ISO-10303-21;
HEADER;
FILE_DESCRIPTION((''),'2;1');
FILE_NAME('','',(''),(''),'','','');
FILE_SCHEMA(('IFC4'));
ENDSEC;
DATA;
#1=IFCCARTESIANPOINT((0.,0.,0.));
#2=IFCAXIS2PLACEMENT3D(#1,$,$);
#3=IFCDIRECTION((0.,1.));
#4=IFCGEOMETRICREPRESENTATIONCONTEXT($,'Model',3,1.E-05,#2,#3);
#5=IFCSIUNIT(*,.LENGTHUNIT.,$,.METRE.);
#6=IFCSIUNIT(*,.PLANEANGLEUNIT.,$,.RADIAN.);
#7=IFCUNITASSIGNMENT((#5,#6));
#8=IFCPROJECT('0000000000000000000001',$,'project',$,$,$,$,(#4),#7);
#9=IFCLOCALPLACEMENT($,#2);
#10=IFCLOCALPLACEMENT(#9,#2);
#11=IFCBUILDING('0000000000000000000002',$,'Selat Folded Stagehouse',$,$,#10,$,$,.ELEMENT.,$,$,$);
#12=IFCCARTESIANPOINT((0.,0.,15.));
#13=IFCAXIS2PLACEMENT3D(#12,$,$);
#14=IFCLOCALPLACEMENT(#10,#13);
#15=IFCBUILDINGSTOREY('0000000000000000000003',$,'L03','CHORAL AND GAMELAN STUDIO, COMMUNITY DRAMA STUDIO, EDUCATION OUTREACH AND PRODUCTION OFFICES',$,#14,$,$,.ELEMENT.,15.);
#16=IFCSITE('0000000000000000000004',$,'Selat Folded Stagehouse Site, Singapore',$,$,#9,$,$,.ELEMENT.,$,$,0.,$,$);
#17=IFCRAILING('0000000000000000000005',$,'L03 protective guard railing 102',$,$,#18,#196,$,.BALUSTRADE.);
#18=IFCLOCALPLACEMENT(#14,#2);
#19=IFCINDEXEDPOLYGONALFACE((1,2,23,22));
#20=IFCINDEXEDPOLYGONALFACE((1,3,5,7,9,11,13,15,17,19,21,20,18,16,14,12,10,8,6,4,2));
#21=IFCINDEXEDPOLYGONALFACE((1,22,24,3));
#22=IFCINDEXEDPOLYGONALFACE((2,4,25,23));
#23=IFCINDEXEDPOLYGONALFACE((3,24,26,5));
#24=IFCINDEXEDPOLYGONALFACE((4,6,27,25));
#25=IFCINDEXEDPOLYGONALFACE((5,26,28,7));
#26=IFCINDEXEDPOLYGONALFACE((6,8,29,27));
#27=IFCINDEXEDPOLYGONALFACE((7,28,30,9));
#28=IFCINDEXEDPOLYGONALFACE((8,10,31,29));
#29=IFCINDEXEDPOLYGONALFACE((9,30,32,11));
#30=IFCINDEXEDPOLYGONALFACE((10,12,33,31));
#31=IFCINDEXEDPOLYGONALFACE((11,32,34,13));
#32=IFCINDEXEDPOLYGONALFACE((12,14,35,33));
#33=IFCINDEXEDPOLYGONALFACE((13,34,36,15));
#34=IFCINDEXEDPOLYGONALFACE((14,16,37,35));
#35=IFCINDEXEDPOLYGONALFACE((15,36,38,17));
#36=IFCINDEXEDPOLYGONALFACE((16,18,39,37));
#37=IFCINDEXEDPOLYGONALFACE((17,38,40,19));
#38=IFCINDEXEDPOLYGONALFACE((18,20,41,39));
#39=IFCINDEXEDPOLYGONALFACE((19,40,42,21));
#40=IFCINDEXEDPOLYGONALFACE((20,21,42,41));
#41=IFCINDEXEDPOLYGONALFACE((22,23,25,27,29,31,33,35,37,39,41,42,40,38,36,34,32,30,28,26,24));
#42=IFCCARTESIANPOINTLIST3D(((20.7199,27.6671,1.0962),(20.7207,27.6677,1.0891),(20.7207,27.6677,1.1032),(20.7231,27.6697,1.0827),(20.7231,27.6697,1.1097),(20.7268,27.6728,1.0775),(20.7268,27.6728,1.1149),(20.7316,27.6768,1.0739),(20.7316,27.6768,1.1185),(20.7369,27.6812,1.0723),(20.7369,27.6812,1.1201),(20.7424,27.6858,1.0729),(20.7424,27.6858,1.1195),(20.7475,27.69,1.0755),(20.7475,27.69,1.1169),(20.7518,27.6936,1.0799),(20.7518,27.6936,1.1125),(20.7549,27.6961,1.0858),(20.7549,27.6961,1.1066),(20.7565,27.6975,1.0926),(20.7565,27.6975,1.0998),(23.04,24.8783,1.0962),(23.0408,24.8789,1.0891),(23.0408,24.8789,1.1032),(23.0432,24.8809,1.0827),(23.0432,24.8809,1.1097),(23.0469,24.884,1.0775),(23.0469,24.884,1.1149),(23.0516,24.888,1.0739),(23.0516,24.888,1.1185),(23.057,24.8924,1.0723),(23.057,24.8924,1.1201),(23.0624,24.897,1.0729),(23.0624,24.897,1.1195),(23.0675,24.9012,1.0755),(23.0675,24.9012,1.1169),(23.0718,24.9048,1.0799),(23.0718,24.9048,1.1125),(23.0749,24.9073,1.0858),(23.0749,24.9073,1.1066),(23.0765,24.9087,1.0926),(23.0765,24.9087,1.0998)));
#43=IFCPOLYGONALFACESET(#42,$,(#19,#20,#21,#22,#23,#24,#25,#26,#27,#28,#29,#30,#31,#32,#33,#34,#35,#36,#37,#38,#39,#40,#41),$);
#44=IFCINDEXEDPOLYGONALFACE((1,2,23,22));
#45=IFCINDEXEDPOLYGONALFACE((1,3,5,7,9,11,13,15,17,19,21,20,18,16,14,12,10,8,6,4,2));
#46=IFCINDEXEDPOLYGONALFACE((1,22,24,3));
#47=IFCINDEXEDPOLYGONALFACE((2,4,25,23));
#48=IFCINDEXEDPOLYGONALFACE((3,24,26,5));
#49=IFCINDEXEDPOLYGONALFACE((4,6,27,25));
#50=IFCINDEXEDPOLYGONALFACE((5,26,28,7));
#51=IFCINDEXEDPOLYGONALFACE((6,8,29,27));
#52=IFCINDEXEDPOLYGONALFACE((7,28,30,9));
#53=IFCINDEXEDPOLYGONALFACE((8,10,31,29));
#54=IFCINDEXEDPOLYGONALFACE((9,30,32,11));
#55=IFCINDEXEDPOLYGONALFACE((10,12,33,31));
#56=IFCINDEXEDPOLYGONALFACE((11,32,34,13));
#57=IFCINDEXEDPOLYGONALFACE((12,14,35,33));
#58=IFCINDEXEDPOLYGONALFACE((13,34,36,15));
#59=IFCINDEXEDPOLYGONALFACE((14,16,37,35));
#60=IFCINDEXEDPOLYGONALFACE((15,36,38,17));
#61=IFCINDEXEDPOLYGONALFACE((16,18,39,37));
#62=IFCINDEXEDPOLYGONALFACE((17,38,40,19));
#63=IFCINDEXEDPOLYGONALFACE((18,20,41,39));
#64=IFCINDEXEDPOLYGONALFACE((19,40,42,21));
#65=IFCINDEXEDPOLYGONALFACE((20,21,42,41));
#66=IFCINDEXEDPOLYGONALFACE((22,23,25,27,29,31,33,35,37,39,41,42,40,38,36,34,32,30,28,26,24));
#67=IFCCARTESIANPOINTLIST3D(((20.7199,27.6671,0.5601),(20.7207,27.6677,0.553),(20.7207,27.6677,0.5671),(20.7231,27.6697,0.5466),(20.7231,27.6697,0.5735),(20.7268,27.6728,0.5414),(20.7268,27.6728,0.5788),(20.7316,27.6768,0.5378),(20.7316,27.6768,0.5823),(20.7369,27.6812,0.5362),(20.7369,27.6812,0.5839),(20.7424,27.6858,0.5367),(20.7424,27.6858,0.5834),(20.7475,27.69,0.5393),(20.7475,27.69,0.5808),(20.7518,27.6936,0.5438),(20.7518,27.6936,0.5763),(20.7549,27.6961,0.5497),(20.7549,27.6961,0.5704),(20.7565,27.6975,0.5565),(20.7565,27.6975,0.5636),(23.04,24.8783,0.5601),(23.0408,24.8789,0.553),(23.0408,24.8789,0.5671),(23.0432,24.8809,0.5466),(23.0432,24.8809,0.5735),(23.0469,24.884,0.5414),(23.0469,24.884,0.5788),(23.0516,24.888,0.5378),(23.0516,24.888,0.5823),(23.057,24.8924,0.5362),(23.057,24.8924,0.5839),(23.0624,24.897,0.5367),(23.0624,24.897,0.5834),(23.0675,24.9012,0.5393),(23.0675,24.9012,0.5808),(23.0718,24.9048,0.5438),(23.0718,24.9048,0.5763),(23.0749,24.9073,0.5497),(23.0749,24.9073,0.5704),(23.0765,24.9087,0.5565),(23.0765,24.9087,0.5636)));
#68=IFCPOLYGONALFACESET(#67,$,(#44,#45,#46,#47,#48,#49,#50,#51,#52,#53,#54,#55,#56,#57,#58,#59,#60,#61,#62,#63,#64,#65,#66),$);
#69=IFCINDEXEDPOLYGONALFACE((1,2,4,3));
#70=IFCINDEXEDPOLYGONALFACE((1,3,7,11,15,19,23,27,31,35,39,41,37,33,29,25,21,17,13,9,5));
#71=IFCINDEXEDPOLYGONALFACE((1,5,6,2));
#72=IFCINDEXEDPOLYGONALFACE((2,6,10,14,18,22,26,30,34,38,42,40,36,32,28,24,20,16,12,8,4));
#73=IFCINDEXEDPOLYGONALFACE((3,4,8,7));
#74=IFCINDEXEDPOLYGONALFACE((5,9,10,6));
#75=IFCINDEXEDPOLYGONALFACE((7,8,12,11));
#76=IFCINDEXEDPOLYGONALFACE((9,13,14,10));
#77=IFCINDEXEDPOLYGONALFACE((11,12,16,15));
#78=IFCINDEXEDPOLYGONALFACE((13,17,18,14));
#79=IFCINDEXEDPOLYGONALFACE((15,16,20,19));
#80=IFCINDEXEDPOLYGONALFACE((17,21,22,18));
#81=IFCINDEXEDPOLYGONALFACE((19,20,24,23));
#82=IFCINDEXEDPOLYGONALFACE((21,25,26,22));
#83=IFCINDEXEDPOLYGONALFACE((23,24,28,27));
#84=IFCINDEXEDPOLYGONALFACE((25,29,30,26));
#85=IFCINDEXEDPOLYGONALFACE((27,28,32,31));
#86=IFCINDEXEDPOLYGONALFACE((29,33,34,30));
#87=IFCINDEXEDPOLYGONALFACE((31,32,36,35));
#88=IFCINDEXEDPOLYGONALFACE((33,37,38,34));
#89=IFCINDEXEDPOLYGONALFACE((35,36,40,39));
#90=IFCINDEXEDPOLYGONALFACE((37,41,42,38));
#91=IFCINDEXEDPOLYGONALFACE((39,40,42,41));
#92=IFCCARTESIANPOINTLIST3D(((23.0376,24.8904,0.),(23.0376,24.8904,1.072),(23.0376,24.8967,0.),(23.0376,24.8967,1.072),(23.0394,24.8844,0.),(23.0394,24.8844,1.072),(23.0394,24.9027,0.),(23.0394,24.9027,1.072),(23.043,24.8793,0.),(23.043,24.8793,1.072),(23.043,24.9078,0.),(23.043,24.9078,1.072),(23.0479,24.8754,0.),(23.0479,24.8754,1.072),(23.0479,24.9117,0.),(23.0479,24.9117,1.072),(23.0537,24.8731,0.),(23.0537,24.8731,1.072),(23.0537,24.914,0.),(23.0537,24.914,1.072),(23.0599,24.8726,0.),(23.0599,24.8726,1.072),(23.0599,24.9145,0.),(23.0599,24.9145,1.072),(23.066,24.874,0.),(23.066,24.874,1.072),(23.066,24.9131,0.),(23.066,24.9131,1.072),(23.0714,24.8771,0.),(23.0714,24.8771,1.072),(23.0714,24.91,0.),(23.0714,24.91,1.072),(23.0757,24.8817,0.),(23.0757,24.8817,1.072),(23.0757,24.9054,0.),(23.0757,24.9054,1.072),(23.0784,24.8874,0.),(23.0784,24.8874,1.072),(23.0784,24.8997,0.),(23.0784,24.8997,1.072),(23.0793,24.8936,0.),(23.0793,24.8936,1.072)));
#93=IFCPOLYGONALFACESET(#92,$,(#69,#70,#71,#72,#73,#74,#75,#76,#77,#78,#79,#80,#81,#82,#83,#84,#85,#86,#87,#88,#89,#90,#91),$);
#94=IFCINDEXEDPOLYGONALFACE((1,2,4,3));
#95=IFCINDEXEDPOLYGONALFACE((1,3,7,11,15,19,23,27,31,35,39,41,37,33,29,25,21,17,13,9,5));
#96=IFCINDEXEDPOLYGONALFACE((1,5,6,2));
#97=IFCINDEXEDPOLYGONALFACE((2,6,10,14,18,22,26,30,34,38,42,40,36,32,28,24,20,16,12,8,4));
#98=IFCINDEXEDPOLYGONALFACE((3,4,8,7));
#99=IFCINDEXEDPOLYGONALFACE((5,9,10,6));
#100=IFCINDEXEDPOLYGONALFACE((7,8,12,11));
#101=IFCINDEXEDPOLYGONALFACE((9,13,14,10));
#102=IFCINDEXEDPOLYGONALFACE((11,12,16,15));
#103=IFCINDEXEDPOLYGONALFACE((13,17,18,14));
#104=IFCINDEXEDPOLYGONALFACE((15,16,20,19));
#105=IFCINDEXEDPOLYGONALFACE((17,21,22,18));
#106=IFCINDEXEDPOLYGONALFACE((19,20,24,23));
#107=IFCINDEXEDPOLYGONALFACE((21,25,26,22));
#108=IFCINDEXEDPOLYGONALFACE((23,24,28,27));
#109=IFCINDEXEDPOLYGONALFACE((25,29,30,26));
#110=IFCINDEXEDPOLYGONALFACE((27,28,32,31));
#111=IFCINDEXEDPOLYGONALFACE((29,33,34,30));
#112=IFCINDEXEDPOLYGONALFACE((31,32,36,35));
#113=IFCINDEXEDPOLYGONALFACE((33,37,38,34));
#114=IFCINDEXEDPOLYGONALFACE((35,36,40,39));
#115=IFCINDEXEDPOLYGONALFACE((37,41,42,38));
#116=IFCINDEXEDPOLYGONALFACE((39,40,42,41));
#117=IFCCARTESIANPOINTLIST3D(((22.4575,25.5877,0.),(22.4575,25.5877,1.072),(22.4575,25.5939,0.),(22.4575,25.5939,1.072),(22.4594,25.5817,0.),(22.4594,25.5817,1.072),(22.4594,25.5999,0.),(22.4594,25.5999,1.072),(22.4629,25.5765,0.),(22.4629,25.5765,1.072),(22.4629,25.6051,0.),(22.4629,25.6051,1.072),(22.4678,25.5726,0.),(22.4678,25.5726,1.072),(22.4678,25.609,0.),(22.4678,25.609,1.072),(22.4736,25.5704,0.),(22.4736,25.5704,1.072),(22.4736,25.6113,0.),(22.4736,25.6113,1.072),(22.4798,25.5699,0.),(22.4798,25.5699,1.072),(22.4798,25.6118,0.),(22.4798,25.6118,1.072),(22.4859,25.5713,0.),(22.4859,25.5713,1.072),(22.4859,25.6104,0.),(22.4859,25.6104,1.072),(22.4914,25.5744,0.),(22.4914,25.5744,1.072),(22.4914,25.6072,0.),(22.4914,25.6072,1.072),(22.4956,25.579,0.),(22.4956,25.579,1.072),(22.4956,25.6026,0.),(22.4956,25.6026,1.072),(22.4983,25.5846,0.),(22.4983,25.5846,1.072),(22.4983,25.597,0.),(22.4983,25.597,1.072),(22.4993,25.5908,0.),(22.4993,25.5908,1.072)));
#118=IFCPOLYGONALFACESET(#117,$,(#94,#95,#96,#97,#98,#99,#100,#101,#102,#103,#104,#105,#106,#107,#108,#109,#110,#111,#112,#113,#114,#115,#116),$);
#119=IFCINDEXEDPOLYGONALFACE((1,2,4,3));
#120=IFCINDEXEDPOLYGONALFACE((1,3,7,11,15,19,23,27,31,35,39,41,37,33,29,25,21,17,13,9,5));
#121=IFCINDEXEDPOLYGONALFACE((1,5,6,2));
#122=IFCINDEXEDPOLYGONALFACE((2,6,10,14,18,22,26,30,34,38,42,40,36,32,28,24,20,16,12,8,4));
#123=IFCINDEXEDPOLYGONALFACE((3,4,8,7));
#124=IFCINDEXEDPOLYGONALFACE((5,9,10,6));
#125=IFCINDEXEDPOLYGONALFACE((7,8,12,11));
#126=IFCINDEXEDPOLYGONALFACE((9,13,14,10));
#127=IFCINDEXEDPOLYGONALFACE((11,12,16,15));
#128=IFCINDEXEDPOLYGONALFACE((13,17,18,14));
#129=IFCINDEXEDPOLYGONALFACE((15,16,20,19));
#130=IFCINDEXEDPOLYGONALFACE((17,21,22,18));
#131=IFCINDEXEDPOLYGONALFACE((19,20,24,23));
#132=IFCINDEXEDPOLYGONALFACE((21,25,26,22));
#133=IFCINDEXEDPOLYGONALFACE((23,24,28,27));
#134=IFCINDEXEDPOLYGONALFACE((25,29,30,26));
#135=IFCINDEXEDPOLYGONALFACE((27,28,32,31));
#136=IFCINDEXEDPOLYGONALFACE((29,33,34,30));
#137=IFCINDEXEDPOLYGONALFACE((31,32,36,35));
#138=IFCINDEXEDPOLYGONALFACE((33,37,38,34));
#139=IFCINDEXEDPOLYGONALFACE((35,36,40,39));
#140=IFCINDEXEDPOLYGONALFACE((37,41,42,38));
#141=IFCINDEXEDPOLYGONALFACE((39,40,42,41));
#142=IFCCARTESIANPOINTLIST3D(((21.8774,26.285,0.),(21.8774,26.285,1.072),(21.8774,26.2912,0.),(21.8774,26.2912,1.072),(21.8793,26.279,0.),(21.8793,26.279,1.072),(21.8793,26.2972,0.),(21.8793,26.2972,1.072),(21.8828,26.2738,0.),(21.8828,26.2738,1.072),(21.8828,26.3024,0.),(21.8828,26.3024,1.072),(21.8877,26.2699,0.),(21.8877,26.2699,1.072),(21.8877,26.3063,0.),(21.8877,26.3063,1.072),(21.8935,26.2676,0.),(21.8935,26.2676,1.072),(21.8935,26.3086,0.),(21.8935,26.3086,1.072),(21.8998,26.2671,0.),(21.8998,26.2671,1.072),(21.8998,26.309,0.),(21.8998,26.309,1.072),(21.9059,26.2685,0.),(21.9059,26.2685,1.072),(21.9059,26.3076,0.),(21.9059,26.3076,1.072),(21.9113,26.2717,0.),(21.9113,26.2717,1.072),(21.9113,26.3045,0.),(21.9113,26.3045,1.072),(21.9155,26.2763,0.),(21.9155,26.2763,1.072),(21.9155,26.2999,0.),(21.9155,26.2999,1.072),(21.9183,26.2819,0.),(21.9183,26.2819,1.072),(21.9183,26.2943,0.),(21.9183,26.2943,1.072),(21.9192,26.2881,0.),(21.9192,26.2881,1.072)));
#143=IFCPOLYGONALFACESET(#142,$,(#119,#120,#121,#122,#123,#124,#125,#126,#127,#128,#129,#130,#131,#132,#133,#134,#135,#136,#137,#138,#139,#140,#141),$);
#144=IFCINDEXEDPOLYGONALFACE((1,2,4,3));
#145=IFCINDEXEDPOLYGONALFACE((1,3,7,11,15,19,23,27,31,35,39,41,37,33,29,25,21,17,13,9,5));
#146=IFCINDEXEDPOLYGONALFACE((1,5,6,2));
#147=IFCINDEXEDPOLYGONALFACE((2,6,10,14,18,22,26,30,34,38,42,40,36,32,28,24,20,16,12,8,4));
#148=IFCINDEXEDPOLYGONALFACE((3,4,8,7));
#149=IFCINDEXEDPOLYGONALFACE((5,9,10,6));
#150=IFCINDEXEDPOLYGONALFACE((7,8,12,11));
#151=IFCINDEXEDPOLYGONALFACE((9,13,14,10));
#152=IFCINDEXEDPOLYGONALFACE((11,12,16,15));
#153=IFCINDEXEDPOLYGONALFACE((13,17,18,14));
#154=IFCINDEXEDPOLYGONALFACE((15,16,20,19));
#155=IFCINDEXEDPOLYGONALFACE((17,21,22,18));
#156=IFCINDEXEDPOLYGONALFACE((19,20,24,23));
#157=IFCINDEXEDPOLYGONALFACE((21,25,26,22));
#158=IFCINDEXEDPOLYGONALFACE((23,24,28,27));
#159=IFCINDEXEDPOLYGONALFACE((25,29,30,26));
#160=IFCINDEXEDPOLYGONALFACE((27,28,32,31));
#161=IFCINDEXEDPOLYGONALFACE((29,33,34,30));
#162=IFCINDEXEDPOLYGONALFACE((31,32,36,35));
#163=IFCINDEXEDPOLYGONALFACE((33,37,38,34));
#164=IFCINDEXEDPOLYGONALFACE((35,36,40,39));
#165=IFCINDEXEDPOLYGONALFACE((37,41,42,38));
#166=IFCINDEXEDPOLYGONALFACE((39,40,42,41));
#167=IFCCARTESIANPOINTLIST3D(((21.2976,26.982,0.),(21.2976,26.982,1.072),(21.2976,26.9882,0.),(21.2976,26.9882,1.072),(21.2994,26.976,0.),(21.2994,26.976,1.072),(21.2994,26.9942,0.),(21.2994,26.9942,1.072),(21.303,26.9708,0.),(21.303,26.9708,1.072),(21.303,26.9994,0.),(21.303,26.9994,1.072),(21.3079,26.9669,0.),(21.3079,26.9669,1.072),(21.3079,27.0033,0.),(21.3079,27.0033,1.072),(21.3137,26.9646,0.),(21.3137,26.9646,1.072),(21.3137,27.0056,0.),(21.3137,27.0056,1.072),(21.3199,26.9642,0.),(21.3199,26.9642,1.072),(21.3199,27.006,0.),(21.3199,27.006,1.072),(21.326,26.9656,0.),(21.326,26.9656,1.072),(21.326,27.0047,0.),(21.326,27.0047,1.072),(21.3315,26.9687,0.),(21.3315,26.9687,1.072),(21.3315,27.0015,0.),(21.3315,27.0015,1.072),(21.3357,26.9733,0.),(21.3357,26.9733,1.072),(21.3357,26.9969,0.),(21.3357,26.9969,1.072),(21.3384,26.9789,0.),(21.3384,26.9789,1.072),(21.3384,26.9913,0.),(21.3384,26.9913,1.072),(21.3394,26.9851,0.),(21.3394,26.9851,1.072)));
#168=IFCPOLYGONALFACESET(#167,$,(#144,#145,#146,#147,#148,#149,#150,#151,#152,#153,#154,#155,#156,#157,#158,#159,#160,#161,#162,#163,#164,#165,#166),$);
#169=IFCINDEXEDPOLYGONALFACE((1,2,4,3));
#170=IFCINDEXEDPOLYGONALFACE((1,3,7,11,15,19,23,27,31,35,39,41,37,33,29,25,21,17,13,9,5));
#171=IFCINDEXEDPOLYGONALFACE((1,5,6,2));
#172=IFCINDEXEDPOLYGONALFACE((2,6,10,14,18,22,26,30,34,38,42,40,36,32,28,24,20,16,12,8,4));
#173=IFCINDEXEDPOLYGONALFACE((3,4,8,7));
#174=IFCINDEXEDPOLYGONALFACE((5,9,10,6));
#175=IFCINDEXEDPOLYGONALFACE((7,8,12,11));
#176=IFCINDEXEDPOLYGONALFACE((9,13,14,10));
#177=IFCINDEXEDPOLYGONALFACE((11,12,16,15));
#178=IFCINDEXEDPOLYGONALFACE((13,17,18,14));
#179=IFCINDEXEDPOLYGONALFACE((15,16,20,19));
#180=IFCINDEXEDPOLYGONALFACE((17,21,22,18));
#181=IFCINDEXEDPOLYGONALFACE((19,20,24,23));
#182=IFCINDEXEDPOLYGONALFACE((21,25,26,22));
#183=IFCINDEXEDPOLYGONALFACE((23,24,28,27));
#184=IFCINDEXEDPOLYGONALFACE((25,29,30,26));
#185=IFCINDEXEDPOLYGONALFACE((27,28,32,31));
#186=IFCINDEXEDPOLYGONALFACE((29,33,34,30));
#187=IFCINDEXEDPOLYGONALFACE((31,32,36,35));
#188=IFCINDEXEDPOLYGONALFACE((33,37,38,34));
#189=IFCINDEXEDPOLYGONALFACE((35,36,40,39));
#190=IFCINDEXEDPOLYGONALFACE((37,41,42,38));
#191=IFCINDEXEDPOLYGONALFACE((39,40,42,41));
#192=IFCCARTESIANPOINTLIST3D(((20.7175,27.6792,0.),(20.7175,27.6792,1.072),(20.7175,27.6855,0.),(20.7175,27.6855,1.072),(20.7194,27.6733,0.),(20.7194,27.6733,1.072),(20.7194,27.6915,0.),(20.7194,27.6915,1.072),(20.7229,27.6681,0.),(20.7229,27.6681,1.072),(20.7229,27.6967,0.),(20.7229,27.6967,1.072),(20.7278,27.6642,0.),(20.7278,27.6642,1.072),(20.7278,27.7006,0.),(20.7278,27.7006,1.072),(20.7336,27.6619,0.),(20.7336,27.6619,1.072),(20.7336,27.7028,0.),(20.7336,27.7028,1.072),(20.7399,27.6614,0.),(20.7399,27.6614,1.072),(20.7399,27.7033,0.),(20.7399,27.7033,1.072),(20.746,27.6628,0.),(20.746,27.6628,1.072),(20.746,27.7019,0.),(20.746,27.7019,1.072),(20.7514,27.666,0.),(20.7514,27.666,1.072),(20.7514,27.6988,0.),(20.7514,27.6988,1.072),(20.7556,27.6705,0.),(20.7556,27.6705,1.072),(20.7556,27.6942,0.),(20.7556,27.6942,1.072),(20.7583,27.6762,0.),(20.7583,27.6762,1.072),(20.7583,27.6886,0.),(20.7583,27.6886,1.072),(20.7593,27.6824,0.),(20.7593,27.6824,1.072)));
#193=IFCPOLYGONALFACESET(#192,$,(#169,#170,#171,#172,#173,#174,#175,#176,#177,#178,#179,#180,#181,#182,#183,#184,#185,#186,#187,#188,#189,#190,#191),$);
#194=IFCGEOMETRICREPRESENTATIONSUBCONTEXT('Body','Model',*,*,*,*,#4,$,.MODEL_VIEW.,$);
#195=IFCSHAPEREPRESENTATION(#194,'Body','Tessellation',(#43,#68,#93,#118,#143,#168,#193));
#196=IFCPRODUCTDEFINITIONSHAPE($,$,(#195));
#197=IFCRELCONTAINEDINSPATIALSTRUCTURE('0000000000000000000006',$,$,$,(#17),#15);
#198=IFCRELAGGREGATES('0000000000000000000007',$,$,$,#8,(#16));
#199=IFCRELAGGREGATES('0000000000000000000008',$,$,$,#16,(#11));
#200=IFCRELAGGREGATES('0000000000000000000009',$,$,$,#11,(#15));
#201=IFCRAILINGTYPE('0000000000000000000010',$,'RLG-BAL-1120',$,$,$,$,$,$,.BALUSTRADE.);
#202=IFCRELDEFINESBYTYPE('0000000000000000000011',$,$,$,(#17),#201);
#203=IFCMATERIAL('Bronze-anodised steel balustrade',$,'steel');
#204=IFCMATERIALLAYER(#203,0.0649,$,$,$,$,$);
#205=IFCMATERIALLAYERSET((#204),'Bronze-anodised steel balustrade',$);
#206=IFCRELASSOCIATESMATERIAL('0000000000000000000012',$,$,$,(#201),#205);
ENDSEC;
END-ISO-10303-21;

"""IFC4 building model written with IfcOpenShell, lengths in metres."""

from ifc_helpers import new_model, si_unit, direction, frame, origin, origin_2d, place, context, subcontext, project, spatial, circle, extrude, material, layer, layer_set, type_object, element, save


model = new_model("IFC4")

# Units and contexts
model_context = context("Model", 3, precision=1e-05, world=origin(), true_north=direction((0.0, 1.0)))
body_context = subcontext(model_context, "Body", "Model", "MODEL_VIEW")
ifc_project = project(units=[si_unit("LENGTHUNIT", "METRE"), si_unit("PLANEANGLEUNIT", "RADIAN")], contexts=[model_context])

# Site, building, storey
site_placement = place(None, origin())
site = spatial("IfcSite", under=ifc_project, at=site_placement, Name="Selat Folded Stagehouse Site, Singapore", CompositionType="ELEMENT", RefElevation=0.0)
building_placement = place(site_placement, origin())
building = spatial("IfcBuilding", under=site, at=building_placement, Name="Selat Folded Stagehouse", CompositionType="ELEMENT")
storey_placement = place(building_placement, frame((0.0, 0.0, 15.0)))
storey = spatial("IfcBuildingStorey", under=building, at=storey_placement, Name="L03", Description="CHORAL AND GAMELAN STUDIO, COMMUNITY DRAMA STUDIO, EDUCATION OUTREACH AND PRODUCTION OFFICES", CompositionType="ELEMENT", Elevation=15.0)

# Railing
ifc_material_1 = material(Name="Bronze-anodised steel balustrade", Category="steel")
ifc_layer_1 = layer(ifc_material_1, 0.0649)
ifc_layer_set_1 = layer_set([ifc_layer_1], Name="Bronze-anodised steel balustrade")
railing_type = type_object("IfcRailingType", Name="RLG-BAL-1120", PredefinedType="BALUSTRADE", material=ifc_layer_set_1)
railing_1_placement = place(storey_placement, frame((23.0583, 24.8936, 0.0)))
element("IfcRailing", 1, at=railing_1_placement, inside=storey, type_object=railing_type, Name="L03 protective guard railing 102", PredefinedType="BALUSTRADE", context=body_context, shape_type="SweptSolid", body=[
    extrude(circle(Radius=0.0239, at=origin_2d()), frame((0.0, 0.0, 1.0962), z_axis=(-0.639542, 0.768756, 0.0), x_axis=(-0.768756, -0.639542, 0.0)), (0.0, 0.0, 1.0), 3.6277),
    extrude(circle(Radius=0.0239, at=origin_2d()), frame((0.0, 0.0, 0.5601), z_axis=(-0.639542, 0.768756, 0.0), x_axis=(-0.768756, -0.639542, 0.0)), (0.0, 0.0, 1.0), 3.6277),
    extrude(circle(Radius=0.021, at=origin_2d()), origin(), (0.0, 0.0, 1.0), 1.072),
    extrude(circle(Radius=0.021, at=origin_2d()), frame((-0.5801, 0.6973, 0.0)), (0.0, 0.0, 1.0), 1.072),
    extrude(circle(Radius=0.021, at=origin_2d()), frame((-1.1602, 1.3945, 0.0)), (0.0, 0.0, 1.0), 1.072),
    extrude(circle(Radius=0.021, at=origin_2d()), frame((-1.74, 2.0916, 0.0)), (0.0, 0.0, 1.0), 1.072),
    extrude(circle(Radius=0.021, at=origin_2d()), frame((-2.3201, 2.7888, 0.0)), (0.0, 0.0, 1.0), 1.072),
])

save(model, "model.ifc")
